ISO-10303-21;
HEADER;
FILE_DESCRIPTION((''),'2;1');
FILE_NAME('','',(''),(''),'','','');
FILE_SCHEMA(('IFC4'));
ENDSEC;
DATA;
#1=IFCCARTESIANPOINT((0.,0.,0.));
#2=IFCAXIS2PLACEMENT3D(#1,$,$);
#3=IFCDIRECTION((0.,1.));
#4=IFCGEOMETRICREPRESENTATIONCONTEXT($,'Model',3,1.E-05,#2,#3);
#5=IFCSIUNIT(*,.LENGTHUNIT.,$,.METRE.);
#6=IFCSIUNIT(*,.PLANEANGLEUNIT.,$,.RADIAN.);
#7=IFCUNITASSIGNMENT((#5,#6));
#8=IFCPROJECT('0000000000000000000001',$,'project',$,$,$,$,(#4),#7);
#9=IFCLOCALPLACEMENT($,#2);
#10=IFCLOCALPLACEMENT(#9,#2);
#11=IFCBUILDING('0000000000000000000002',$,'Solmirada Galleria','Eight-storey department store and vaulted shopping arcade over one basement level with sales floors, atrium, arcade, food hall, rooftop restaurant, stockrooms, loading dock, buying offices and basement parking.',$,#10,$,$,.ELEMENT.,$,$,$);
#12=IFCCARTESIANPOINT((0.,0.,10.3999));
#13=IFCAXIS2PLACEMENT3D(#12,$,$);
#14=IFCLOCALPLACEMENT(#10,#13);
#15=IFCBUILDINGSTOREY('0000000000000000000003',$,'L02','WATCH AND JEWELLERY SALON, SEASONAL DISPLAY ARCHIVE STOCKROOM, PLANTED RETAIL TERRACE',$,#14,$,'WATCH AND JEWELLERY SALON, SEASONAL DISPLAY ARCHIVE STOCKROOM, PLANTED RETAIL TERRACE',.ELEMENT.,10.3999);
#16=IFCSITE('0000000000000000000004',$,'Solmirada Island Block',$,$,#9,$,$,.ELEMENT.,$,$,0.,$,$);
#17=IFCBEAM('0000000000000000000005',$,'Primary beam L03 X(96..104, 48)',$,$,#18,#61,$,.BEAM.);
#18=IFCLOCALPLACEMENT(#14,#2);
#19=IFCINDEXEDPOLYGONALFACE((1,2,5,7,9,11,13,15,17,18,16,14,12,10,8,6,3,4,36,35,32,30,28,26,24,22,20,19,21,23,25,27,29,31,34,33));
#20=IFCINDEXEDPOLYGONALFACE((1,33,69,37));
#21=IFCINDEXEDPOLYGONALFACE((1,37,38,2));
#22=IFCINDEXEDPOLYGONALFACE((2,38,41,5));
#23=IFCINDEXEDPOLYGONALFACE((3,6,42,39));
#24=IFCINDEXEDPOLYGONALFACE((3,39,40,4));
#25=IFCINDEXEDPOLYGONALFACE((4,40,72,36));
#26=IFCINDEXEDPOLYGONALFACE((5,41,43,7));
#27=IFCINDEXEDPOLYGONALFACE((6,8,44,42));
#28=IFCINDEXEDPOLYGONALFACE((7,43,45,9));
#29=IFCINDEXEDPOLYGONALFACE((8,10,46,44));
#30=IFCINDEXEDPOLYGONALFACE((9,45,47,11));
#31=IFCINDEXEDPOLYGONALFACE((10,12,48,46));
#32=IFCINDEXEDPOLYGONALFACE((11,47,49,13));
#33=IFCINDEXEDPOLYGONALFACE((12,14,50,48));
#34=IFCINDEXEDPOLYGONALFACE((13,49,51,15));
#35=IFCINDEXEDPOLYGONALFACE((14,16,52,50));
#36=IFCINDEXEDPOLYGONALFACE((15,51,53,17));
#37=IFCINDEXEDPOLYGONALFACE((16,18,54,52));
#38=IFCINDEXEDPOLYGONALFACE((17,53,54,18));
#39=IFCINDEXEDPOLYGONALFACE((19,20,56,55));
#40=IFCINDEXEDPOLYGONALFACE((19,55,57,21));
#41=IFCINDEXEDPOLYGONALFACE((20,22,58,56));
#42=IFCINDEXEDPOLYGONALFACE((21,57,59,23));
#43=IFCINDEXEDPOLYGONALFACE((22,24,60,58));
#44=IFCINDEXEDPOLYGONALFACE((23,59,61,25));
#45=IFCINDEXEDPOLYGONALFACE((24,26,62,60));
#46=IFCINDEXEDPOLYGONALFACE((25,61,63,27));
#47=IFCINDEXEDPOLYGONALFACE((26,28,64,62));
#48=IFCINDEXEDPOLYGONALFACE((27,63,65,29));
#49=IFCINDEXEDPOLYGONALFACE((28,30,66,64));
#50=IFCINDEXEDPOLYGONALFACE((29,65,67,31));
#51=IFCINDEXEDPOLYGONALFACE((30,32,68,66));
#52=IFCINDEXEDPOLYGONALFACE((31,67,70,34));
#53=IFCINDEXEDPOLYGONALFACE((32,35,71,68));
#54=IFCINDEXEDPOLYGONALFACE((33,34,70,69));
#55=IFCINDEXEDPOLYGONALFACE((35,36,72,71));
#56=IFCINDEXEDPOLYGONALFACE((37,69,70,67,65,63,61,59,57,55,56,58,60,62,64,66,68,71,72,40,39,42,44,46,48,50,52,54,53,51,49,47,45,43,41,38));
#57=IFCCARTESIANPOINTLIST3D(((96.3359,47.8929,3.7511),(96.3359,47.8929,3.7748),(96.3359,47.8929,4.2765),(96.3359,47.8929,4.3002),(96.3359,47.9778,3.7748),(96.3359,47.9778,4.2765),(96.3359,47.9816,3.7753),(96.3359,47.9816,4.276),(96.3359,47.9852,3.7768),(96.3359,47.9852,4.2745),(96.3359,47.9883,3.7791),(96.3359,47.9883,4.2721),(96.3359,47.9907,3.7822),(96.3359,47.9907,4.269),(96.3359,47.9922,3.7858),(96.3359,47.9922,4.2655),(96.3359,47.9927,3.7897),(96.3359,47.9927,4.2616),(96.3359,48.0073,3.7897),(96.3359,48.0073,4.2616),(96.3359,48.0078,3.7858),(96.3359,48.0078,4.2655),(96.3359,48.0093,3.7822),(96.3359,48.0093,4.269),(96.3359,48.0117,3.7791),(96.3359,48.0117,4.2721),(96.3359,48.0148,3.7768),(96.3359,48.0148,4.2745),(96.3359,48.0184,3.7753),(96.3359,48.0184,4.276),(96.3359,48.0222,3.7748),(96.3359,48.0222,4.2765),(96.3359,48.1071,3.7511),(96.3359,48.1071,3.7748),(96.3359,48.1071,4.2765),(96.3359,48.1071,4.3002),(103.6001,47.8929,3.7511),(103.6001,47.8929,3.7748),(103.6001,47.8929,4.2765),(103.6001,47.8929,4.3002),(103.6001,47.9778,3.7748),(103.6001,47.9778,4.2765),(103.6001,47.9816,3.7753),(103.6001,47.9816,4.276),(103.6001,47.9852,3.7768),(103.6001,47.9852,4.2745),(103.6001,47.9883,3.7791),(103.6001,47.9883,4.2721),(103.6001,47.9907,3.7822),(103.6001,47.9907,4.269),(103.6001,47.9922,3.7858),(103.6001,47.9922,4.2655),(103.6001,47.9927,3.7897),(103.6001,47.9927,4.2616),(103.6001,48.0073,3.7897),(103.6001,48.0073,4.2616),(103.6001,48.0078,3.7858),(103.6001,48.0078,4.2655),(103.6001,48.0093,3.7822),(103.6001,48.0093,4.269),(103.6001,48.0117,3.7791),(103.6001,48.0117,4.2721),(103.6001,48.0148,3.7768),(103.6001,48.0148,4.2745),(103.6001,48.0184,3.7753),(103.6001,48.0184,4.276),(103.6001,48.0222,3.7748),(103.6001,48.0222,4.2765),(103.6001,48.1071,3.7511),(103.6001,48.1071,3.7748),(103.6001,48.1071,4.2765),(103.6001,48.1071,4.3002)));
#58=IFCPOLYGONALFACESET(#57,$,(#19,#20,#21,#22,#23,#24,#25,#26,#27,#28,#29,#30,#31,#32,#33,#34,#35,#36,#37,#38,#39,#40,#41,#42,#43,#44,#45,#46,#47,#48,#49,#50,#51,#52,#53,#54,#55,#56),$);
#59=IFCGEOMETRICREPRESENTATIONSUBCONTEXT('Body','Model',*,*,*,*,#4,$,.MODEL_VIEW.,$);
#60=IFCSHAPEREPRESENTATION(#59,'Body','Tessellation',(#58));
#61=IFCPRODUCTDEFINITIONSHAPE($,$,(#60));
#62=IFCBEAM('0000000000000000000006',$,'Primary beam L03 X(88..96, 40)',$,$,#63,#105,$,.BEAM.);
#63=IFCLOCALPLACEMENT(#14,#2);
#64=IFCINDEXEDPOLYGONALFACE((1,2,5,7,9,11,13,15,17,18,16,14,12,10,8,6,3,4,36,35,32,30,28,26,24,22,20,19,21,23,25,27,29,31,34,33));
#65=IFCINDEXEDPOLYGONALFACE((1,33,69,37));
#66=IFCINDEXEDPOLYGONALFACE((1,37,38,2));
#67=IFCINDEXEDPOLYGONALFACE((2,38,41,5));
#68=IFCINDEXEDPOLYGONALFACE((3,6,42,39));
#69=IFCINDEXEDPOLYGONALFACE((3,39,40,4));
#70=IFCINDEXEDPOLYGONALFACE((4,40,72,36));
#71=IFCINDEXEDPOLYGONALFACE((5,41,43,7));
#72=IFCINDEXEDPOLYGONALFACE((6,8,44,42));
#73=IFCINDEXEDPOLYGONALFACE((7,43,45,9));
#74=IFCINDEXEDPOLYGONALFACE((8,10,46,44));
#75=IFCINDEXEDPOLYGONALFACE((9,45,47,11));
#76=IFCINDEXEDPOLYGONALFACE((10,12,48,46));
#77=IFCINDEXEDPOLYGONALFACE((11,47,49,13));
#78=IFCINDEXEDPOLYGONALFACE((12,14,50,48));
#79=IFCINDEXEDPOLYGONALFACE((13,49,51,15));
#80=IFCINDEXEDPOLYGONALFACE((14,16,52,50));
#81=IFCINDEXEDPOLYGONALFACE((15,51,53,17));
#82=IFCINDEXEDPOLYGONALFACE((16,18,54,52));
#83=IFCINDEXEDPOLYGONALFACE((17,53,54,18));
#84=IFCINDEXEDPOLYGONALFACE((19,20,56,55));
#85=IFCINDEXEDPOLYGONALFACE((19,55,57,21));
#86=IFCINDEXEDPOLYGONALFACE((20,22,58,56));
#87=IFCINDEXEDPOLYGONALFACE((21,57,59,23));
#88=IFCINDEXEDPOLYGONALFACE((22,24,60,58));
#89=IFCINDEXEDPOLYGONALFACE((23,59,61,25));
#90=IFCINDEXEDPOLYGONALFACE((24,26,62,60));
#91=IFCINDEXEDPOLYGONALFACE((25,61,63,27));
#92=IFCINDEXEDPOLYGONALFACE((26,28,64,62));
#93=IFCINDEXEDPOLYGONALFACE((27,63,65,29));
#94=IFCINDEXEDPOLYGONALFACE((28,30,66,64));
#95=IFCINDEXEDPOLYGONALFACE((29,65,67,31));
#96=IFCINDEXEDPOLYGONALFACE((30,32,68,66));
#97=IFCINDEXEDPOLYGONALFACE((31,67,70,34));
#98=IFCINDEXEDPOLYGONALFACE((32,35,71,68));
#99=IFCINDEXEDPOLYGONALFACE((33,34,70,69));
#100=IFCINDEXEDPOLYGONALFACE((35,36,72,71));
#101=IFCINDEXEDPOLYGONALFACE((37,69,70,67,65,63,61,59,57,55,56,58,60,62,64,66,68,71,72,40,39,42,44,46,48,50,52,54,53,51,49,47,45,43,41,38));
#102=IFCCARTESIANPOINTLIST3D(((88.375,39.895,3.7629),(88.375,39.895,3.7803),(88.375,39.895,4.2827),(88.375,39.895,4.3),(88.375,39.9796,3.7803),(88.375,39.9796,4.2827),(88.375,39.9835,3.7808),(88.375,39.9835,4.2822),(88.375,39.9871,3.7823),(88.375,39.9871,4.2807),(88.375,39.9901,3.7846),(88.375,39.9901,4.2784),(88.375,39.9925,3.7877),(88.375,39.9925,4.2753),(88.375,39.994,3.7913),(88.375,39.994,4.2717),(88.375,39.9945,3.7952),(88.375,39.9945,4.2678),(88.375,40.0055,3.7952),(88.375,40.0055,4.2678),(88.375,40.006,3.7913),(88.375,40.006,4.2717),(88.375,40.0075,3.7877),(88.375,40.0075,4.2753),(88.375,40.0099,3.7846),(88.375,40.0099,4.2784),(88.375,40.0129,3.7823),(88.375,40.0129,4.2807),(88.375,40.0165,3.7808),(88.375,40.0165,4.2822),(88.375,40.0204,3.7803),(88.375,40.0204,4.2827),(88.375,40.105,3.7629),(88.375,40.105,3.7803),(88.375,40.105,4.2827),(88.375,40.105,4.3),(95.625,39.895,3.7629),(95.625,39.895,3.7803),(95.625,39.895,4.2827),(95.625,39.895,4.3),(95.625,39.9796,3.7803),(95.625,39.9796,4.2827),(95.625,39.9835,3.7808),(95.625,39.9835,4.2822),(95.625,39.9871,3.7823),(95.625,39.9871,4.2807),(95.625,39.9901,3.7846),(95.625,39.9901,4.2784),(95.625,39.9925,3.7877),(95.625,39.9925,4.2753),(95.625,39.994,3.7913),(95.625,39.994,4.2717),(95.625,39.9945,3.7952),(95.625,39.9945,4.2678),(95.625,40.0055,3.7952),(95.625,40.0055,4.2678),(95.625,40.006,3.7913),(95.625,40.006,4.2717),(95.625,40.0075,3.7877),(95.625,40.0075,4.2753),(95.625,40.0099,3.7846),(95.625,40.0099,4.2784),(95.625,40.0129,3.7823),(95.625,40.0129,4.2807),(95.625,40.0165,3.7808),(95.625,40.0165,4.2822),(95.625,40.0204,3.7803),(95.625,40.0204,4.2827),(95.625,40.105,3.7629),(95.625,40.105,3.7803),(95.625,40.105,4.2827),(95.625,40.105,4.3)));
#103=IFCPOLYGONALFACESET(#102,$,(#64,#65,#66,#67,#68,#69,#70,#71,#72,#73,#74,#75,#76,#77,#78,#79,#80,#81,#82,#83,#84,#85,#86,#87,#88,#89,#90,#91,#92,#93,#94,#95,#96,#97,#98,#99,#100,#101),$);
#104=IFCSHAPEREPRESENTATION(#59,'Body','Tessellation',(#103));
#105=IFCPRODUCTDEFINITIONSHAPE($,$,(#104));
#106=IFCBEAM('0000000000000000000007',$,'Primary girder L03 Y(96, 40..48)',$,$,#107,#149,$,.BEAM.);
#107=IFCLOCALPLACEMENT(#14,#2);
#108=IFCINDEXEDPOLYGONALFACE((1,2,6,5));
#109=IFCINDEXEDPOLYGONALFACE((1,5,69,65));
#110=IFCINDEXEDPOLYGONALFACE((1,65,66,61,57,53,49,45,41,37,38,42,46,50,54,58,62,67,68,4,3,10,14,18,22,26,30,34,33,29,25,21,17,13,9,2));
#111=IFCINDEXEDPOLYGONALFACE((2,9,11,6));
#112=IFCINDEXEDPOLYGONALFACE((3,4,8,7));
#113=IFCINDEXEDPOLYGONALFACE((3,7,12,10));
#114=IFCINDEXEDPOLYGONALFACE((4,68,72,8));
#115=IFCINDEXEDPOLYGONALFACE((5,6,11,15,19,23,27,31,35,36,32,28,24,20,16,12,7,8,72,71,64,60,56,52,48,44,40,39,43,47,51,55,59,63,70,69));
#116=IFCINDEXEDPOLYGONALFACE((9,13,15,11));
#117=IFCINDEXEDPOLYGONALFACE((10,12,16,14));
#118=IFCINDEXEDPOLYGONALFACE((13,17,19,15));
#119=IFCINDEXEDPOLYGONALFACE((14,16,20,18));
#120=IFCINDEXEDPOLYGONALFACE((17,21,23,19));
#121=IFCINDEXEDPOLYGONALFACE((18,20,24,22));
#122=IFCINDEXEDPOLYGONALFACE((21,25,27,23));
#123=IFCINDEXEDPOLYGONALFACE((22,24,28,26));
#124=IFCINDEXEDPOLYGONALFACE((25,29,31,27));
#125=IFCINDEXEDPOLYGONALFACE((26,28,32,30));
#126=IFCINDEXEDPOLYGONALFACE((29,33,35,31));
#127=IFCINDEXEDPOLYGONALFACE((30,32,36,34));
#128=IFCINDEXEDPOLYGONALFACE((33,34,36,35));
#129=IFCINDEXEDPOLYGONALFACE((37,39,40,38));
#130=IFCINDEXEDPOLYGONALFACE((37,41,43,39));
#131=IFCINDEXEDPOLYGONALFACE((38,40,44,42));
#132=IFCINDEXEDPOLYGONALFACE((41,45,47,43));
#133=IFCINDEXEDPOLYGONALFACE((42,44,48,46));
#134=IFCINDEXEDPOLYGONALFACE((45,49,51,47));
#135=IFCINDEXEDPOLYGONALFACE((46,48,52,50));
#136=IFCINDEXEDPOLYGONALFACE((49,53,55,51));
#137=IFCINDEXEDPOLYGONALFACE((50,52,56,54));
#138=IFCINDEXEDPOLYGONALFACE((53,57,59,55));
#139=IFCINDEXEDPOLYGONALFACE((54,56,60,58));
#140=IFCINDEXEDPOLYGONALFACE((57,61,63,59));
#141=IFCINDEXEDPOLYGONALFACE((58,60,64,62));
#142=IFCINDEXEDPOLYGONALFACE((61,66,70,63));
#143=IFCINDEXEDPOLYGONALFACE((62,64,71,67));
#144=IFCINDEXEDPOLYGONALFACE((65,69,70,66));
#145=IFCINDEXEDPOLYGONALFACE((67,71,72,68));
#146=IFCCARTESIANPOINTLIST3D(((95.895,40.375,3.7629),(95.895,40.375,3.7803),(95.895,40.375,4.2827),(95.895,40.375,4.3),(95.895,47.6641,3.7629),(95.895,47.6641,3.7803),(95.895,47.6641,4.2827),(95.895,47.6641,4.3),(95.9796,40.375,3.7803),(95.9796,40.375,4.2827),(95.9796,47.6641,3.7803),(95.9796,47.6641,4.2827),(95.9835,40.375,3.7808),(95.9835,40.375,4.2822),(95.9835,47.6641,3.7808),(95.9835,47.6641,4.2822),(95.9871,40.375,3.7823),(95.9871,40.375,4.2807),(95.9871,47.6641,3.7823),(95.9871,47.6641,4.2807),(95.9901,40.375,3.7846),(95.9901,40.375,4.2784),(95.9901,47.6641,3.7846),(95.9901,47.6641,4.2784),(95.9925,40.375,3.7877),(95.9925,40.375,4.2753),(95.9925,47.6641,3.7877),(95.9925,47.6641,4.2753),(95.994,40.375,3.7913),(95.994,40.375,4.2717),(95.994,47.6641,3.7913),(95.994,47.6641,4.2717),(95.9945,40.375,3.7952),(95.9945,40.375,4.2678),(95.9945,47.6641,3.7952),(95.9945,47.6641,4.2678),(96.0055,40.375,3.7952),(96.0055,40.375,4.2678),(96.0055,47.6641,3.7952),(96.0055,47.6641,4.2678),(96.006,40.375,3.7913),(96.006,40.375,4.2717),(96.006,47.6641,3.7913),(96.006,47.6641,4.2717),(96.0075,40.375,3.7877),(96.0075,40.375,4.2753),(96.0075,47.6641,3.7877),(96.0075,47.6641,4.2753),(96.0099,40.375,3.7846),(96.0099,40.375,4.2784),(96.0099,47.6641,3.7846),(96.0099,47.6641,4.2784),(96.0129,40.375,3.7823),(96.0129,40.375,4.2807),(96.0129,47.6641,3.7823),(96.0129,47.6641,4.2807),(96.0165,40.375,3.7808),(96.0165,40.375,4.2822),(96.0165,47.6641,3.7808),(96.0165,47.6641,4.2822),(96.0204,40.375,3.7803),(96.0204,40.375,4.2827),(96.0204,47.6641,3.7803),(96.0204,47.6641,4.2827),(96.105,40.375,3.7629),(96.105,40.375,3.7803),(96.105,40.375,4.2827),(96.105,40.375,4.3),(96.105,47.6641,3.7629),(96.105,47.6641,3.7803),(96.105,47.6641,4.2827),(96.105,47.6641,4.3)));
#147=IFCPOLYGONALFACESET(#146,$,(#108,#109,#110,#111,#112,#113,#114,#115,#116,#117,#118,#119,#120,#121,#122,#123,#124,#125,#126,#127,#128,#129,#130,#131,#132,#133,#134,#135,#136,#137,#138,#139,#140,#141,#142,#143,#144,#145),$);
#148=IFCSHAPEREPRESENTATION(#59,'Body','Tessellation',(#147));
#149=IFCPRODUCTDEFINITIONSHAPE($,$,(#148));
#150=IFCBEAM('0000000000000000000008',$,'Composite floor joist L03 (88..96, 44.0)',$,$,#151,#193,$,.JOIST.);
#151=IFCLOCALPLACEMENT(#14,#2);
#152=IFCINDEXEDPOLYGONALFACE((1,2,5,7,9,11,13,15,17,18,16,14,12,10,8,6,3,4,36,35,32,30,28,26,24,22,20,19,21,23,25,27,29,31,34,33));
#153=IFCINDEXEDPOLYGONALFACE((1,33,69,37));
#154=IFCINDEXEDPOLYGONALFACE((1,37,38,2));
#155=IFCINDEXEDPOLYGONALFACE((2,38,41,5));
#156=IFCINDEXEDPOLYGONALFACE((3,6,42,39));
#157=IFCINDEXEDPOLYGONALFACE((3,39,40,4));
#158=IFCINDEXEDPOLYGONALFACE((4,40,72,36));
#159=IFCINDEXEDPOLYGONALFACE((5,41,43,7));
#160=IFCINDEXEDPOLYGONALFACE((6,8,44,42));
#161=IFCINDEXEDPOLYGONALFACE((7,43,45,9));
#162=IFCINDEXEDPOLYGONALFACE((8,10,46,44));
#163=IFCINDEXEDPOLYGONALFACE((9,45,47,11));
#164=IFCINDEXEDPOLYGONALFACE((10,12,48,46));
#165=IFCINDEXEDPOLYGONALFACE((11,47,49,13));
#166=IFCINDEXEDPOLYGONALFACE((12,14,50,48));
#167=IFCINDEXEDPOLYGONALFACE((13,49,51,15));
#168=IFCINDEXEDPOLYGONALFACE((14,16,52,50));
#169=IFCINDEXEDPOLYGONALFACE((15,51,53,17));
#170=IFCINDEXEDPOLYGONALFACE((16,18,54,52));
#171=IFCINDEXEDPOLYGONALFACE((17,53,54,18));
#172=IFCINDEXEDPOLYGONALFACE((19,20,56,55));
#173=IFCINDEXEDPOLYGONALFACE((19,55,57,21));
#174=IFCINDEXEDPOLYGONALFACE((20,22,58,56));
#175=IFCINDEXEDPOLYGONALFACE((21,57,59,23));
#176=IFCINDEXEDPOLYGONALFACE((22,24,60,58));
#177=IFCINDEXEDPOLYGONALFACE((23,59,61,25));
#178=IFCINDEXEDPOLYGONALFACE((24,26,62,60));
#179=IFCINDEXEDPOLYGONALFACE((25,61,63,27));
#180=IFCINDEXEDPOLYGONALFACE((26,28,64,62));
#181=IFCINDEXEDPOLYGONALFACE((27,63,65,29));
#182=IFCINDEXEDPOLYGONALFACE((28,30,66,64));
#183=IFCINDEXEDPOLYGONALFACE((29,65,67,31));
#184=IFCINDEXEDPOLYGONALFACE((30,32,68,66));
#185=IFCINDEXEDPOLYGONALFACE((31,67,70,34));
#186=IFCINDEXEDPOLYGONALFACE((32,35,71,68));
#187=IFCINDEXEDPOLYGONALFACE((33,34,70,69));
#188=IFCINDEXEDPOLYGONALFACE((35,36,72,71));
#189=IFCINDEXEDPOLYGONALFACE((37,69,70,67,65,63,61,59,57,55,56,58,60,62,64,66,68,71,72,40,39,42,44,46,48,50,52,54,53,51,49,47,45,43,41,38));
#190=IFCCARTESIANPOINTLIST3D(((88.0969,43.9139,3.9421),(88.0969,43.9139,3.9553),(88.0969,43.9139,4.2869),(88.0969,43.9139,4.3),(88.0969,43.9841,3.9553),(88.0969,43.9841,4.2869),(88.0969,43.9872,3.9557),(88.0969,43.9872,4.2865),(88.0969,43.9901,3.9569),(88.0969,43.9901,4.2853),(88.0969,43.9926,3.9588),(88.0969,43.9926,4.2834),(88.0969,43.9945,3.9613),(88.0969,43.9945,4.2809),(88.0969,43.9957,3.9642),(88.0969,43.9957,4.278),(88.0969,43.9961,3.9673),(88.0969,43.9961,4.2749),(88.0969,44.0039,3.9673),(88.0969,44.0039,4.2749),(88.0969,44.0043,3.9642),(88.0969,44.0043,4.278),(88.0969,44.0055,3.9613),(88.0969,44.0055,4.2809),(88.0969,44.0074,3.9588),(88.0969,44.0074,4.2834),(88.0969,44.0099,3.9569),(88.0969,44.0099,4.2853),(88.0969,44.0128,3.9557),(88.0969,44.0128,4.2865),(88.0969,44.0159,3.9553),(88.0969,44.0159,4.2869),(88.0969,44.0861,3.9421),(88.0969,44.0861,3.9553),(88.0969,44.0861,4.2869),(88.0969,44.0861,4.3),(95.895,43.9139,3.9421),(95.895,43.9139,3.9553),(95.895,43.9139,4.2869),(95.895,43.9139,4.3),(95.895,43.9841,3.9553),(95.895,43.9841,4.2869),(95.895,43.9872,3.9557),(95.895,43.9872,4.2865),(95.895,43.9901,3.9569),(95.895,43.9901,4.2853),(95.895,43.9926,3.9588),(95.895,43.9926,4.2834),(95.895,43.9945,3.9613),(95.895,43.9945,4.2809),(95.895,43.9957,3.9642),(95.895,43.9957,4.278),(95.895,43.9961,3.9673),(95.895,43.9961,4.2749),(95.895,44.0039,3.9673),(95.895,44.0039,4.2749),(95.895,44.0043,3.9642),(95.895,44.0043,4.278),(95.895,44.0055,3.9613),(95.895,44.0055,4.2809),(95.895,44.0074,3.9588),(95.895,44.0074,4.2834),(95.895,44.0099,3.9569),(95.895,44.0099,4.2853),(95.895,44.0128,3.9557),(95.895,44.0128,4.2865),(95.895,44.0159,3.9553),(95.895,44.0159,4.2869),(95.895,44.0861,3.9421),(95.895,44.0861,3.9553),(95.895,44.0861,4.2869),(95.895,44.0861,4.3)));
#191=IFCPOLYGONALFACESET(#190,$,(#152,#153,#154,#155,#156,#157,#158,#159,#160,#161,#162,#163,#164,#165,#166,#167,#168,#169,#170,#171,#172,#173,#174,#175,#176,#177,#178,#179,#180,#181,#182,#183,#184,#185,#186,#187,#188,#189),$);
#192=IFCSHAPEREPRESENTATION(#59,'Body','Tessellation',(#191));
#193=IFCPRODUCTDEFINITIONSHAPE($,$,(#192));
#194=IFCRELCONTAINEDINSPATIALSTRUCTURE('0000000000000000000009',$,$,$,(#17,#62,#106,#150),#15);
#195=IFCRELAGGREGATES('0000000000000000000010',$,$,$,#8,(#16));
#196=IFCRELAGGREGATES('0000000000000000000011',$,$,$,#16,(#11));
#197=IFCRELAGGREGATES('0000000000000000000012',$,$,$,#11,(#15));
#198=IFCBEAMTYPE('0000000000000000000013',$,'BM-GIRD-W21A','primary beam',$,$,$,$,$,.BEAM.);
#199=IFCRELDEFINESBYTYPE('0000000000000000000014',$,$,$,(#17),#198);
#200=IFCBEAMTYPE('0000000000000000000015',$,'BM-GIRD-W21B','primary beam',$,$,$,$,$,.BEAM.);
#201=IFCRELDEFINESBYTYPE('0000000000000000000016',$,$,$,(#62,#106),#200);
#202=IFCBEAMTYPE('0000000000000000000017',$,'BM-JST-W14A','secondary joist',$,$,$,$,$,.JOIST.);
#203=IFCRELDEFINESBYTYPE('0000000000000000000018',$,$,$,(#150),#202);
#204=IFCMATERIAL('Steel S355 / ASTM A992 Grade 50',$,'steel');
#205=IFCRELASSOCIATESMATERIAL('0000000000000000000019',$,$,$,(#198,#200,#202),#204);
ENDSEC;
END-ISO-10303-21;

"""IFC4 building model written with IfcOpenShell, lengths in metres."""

from ifc_helpers import new_model, si_unit, direction, frame, origin, origin_2d, place, context, subcontext, project, spatial, i_section, extrude, material, material_profile, profile_set, type_object, element, save


model = new_model("IFC4")

# Units and contexts
model_context = context("Model", 3, precision=1e-05, world=origin(), true_north=direction((0.0, 1.0)))
body_context = subcontext(model_context, "Body", "Model", "MODEL_VIEW")
ifc_project = project(units=[si_unit("LENGTHUNIT", "METRE"), si_unit("PLANEANGLEUNIT", "RADIAN")], contexts=[model_context])

# Site, building, storey
site_placement = place(None, origin())
site = spatial("IfcSite", under=ifc_project, at=site_placement, Name="Solmirada Island Block", CompositionType="ELEMENT", RefElevation=0.0)
building_placement = place(site_placement, origin())
building = spatial("IfcBuilding", under=site, at=building_placement, Name="Solmirada Galleria", Description="Eight-storey department store and vaulted shopping arcade over one basement level with sales floors, atrium, arcade, food hall, rooftop restaurant, stockrooms, loading dock, buying offices and basement parking.", CompositionType="ELEMENT")
storey_placement = place(building_placement, frame((0.0, 0.0, 10.3999)))
storey = spatial("IfcBuildingStorey", under=building, at=storey_placement, Name="L02", Description="WATCH AND JEWELLERY SALON, SEASONAL DISPLAY ARCHIVE STOCKROOM, PLANTED RETAIL TERRACE", LongName="WATCH AND JEWELLERY SALON, SEASONAL DISPLAY ARCHIVE STOCKROOM, PLANTED RETAIL TERRACE", CompositionType="ELEMENT", Elevation=10.3999)

# Beams
ifc_material_1 = material(Name="Steel S355 / ASTM A992 Grade 50", Category="steel")
ifc_material_profile_1 = material_profile(ifc_material_1, i_section(OverallWidth=0.2141, OverallDepth=0.5491, WebThickness=0.0146, FlangeThickness=0.0237, FilletRadius=0.0149, at=origin_2d()), Name="W21X93")
ifc_profile_set_1 = profile_set([ifc_material_profile_1], Name="Steel S355 / ASTM A992 Grade 50")
beam_type_1 = type_object("IfcBeamType", Name="BM-GIRD-W21A", Description="primary beam", PredefinedType="BEAM", material=ifc_profile_set_1)
for number, where, z_axis, x_axis, name in (
    (1, (96.3359, 48.0, 4.0256), (1.0, 0.0, 0.0), (0.0, 1.0, 0.0), "Primary beam L03 X(96..104, 48)"),
):
    element("IfcBeam", number, at=place(storey_placement, frame(where, z_axis=z_axis, x_axis=x_axis)), inside=storey, type_object=beam_type_1, Name=name, PredefinedType="BEAM", context=body_context, shape_type="SweptSolid", body=[
        extrude(i_section(OverallWidth=0.2141, OverallDepth=0.5491, WebThickness=0.0146, FlangeThickness=0.0237, FilletRadius=0.0149, at=origin_2d()), origin(), (0.0, 0.0, 1.0), 7.2642),
    ])
ifc_material_profile_2 = material_profile(ifc_material_1, i_section(OverallWidth=0.21, OverallDepth=0.5371, WebThickness=0.011, FlangeThickness=0.0173, FilletRadius=0.0149, at=origin_2d()), Name="W21X68")
ifc_profile_set_2 = profile_set([ifc_material_profile_2], Name="Steel S355 / ASTM A992 Grade 50")
beam_type_2 = type_object("IfcBeamType", Name="BM-GIRD-W21B", Description="primary beam", PredefinedType="BEAM", material=ifc_profile_set_2)
beam_1_placement = place(storey_placement, frame((88.375, 40.0, 4.0315), z_axis=(1.0, 0.0, 0.0), x_axis=(0.0, 1.0, 0.0)))
element("IfcBeam", 2, at=beam_1_placement, inside=storey, type_object=beam_type_2, Name="Primary beam L03 X(88..96, 40)", PredefinedType="BEAM", context=body_context, shape_type="SweptSolid", body=[
    extrude(i_section(OverallWidth=0.21, OverallDepth=0.5371, WebThickness=0.011, FlangeThickness=0.0173, FilletRadius=0.0149, at=origin_2d()), origin(), (0.0, 0.0, 1.0), 7.25),
])
beam_2_placement = place(storey_placement, frame((96.0, 40.375, 4.0315), z_axis=(0.0, 1.0, 0.0), x_axis=(-1.0, 0.0, 0.0)))
element("IfcBeam", 3, at=beam_2_placement, inside=storey, type_object=beam_type_2, Name="Primary girder L03 Y(96, 40..48)", PredefinedType="BEAM", context=body_context, shape_type="SweptSolid", body=[
    extrude(i_section(OverallWidth=0.21, OverallDepth=0.5371, WebThickness=0.011, FlangeThickness=0.0173, FilletRadius=0.0149, at=origin_2d()), origin(), (0.0, 0.0, 1.0), 7.2891),
])
ifc_material_profile_3 = material_profile(ifc_material_1, i_section(OverallWidth=0.1721, OverallDepth=0.3579, WebThickness=0.0078, FlangeThickness=0.0132, FilletRadius=0.012, at=origin_2d()), Name="W14X38")
ifc_profile_set_3 = profile_set([ifc_material_profile_3], Name="Steel S355 / ASTM A992 Grade 50")
beam_type_3 = type_object("IfcBeamType", Name="BM-JST-W14A", Description="secondary joist", PredefinedType="JOIST", material=ifc_profile_set_3)
beam_3_placement = place(storey_placement, frame((88.0969, 44.0, 4.1211), z_axis=(1.0, 0.0, 0.0), x_axis=(0.0, 1.0, 0.0)))
element("IfcBeam", 4, at=beam_3_placement, inside=storey, type_object=beam_type_3, Name="Composite floor joist L03 (88..96, 44.0)", PredefinedType="JOIST", context=body_context, shape_type="SweptSolid", body=[
    extrude(i_section(OverallWidth=0.1721, OverallDepth=0.3579, WebThickness=0.0078, FlangeThickness=0.0132, FilletRadius=0.012, at=origin_2d()), origin(), (0.0, 0.0, 1.0), 7.7981),
])

save(model, "model.ifc")
